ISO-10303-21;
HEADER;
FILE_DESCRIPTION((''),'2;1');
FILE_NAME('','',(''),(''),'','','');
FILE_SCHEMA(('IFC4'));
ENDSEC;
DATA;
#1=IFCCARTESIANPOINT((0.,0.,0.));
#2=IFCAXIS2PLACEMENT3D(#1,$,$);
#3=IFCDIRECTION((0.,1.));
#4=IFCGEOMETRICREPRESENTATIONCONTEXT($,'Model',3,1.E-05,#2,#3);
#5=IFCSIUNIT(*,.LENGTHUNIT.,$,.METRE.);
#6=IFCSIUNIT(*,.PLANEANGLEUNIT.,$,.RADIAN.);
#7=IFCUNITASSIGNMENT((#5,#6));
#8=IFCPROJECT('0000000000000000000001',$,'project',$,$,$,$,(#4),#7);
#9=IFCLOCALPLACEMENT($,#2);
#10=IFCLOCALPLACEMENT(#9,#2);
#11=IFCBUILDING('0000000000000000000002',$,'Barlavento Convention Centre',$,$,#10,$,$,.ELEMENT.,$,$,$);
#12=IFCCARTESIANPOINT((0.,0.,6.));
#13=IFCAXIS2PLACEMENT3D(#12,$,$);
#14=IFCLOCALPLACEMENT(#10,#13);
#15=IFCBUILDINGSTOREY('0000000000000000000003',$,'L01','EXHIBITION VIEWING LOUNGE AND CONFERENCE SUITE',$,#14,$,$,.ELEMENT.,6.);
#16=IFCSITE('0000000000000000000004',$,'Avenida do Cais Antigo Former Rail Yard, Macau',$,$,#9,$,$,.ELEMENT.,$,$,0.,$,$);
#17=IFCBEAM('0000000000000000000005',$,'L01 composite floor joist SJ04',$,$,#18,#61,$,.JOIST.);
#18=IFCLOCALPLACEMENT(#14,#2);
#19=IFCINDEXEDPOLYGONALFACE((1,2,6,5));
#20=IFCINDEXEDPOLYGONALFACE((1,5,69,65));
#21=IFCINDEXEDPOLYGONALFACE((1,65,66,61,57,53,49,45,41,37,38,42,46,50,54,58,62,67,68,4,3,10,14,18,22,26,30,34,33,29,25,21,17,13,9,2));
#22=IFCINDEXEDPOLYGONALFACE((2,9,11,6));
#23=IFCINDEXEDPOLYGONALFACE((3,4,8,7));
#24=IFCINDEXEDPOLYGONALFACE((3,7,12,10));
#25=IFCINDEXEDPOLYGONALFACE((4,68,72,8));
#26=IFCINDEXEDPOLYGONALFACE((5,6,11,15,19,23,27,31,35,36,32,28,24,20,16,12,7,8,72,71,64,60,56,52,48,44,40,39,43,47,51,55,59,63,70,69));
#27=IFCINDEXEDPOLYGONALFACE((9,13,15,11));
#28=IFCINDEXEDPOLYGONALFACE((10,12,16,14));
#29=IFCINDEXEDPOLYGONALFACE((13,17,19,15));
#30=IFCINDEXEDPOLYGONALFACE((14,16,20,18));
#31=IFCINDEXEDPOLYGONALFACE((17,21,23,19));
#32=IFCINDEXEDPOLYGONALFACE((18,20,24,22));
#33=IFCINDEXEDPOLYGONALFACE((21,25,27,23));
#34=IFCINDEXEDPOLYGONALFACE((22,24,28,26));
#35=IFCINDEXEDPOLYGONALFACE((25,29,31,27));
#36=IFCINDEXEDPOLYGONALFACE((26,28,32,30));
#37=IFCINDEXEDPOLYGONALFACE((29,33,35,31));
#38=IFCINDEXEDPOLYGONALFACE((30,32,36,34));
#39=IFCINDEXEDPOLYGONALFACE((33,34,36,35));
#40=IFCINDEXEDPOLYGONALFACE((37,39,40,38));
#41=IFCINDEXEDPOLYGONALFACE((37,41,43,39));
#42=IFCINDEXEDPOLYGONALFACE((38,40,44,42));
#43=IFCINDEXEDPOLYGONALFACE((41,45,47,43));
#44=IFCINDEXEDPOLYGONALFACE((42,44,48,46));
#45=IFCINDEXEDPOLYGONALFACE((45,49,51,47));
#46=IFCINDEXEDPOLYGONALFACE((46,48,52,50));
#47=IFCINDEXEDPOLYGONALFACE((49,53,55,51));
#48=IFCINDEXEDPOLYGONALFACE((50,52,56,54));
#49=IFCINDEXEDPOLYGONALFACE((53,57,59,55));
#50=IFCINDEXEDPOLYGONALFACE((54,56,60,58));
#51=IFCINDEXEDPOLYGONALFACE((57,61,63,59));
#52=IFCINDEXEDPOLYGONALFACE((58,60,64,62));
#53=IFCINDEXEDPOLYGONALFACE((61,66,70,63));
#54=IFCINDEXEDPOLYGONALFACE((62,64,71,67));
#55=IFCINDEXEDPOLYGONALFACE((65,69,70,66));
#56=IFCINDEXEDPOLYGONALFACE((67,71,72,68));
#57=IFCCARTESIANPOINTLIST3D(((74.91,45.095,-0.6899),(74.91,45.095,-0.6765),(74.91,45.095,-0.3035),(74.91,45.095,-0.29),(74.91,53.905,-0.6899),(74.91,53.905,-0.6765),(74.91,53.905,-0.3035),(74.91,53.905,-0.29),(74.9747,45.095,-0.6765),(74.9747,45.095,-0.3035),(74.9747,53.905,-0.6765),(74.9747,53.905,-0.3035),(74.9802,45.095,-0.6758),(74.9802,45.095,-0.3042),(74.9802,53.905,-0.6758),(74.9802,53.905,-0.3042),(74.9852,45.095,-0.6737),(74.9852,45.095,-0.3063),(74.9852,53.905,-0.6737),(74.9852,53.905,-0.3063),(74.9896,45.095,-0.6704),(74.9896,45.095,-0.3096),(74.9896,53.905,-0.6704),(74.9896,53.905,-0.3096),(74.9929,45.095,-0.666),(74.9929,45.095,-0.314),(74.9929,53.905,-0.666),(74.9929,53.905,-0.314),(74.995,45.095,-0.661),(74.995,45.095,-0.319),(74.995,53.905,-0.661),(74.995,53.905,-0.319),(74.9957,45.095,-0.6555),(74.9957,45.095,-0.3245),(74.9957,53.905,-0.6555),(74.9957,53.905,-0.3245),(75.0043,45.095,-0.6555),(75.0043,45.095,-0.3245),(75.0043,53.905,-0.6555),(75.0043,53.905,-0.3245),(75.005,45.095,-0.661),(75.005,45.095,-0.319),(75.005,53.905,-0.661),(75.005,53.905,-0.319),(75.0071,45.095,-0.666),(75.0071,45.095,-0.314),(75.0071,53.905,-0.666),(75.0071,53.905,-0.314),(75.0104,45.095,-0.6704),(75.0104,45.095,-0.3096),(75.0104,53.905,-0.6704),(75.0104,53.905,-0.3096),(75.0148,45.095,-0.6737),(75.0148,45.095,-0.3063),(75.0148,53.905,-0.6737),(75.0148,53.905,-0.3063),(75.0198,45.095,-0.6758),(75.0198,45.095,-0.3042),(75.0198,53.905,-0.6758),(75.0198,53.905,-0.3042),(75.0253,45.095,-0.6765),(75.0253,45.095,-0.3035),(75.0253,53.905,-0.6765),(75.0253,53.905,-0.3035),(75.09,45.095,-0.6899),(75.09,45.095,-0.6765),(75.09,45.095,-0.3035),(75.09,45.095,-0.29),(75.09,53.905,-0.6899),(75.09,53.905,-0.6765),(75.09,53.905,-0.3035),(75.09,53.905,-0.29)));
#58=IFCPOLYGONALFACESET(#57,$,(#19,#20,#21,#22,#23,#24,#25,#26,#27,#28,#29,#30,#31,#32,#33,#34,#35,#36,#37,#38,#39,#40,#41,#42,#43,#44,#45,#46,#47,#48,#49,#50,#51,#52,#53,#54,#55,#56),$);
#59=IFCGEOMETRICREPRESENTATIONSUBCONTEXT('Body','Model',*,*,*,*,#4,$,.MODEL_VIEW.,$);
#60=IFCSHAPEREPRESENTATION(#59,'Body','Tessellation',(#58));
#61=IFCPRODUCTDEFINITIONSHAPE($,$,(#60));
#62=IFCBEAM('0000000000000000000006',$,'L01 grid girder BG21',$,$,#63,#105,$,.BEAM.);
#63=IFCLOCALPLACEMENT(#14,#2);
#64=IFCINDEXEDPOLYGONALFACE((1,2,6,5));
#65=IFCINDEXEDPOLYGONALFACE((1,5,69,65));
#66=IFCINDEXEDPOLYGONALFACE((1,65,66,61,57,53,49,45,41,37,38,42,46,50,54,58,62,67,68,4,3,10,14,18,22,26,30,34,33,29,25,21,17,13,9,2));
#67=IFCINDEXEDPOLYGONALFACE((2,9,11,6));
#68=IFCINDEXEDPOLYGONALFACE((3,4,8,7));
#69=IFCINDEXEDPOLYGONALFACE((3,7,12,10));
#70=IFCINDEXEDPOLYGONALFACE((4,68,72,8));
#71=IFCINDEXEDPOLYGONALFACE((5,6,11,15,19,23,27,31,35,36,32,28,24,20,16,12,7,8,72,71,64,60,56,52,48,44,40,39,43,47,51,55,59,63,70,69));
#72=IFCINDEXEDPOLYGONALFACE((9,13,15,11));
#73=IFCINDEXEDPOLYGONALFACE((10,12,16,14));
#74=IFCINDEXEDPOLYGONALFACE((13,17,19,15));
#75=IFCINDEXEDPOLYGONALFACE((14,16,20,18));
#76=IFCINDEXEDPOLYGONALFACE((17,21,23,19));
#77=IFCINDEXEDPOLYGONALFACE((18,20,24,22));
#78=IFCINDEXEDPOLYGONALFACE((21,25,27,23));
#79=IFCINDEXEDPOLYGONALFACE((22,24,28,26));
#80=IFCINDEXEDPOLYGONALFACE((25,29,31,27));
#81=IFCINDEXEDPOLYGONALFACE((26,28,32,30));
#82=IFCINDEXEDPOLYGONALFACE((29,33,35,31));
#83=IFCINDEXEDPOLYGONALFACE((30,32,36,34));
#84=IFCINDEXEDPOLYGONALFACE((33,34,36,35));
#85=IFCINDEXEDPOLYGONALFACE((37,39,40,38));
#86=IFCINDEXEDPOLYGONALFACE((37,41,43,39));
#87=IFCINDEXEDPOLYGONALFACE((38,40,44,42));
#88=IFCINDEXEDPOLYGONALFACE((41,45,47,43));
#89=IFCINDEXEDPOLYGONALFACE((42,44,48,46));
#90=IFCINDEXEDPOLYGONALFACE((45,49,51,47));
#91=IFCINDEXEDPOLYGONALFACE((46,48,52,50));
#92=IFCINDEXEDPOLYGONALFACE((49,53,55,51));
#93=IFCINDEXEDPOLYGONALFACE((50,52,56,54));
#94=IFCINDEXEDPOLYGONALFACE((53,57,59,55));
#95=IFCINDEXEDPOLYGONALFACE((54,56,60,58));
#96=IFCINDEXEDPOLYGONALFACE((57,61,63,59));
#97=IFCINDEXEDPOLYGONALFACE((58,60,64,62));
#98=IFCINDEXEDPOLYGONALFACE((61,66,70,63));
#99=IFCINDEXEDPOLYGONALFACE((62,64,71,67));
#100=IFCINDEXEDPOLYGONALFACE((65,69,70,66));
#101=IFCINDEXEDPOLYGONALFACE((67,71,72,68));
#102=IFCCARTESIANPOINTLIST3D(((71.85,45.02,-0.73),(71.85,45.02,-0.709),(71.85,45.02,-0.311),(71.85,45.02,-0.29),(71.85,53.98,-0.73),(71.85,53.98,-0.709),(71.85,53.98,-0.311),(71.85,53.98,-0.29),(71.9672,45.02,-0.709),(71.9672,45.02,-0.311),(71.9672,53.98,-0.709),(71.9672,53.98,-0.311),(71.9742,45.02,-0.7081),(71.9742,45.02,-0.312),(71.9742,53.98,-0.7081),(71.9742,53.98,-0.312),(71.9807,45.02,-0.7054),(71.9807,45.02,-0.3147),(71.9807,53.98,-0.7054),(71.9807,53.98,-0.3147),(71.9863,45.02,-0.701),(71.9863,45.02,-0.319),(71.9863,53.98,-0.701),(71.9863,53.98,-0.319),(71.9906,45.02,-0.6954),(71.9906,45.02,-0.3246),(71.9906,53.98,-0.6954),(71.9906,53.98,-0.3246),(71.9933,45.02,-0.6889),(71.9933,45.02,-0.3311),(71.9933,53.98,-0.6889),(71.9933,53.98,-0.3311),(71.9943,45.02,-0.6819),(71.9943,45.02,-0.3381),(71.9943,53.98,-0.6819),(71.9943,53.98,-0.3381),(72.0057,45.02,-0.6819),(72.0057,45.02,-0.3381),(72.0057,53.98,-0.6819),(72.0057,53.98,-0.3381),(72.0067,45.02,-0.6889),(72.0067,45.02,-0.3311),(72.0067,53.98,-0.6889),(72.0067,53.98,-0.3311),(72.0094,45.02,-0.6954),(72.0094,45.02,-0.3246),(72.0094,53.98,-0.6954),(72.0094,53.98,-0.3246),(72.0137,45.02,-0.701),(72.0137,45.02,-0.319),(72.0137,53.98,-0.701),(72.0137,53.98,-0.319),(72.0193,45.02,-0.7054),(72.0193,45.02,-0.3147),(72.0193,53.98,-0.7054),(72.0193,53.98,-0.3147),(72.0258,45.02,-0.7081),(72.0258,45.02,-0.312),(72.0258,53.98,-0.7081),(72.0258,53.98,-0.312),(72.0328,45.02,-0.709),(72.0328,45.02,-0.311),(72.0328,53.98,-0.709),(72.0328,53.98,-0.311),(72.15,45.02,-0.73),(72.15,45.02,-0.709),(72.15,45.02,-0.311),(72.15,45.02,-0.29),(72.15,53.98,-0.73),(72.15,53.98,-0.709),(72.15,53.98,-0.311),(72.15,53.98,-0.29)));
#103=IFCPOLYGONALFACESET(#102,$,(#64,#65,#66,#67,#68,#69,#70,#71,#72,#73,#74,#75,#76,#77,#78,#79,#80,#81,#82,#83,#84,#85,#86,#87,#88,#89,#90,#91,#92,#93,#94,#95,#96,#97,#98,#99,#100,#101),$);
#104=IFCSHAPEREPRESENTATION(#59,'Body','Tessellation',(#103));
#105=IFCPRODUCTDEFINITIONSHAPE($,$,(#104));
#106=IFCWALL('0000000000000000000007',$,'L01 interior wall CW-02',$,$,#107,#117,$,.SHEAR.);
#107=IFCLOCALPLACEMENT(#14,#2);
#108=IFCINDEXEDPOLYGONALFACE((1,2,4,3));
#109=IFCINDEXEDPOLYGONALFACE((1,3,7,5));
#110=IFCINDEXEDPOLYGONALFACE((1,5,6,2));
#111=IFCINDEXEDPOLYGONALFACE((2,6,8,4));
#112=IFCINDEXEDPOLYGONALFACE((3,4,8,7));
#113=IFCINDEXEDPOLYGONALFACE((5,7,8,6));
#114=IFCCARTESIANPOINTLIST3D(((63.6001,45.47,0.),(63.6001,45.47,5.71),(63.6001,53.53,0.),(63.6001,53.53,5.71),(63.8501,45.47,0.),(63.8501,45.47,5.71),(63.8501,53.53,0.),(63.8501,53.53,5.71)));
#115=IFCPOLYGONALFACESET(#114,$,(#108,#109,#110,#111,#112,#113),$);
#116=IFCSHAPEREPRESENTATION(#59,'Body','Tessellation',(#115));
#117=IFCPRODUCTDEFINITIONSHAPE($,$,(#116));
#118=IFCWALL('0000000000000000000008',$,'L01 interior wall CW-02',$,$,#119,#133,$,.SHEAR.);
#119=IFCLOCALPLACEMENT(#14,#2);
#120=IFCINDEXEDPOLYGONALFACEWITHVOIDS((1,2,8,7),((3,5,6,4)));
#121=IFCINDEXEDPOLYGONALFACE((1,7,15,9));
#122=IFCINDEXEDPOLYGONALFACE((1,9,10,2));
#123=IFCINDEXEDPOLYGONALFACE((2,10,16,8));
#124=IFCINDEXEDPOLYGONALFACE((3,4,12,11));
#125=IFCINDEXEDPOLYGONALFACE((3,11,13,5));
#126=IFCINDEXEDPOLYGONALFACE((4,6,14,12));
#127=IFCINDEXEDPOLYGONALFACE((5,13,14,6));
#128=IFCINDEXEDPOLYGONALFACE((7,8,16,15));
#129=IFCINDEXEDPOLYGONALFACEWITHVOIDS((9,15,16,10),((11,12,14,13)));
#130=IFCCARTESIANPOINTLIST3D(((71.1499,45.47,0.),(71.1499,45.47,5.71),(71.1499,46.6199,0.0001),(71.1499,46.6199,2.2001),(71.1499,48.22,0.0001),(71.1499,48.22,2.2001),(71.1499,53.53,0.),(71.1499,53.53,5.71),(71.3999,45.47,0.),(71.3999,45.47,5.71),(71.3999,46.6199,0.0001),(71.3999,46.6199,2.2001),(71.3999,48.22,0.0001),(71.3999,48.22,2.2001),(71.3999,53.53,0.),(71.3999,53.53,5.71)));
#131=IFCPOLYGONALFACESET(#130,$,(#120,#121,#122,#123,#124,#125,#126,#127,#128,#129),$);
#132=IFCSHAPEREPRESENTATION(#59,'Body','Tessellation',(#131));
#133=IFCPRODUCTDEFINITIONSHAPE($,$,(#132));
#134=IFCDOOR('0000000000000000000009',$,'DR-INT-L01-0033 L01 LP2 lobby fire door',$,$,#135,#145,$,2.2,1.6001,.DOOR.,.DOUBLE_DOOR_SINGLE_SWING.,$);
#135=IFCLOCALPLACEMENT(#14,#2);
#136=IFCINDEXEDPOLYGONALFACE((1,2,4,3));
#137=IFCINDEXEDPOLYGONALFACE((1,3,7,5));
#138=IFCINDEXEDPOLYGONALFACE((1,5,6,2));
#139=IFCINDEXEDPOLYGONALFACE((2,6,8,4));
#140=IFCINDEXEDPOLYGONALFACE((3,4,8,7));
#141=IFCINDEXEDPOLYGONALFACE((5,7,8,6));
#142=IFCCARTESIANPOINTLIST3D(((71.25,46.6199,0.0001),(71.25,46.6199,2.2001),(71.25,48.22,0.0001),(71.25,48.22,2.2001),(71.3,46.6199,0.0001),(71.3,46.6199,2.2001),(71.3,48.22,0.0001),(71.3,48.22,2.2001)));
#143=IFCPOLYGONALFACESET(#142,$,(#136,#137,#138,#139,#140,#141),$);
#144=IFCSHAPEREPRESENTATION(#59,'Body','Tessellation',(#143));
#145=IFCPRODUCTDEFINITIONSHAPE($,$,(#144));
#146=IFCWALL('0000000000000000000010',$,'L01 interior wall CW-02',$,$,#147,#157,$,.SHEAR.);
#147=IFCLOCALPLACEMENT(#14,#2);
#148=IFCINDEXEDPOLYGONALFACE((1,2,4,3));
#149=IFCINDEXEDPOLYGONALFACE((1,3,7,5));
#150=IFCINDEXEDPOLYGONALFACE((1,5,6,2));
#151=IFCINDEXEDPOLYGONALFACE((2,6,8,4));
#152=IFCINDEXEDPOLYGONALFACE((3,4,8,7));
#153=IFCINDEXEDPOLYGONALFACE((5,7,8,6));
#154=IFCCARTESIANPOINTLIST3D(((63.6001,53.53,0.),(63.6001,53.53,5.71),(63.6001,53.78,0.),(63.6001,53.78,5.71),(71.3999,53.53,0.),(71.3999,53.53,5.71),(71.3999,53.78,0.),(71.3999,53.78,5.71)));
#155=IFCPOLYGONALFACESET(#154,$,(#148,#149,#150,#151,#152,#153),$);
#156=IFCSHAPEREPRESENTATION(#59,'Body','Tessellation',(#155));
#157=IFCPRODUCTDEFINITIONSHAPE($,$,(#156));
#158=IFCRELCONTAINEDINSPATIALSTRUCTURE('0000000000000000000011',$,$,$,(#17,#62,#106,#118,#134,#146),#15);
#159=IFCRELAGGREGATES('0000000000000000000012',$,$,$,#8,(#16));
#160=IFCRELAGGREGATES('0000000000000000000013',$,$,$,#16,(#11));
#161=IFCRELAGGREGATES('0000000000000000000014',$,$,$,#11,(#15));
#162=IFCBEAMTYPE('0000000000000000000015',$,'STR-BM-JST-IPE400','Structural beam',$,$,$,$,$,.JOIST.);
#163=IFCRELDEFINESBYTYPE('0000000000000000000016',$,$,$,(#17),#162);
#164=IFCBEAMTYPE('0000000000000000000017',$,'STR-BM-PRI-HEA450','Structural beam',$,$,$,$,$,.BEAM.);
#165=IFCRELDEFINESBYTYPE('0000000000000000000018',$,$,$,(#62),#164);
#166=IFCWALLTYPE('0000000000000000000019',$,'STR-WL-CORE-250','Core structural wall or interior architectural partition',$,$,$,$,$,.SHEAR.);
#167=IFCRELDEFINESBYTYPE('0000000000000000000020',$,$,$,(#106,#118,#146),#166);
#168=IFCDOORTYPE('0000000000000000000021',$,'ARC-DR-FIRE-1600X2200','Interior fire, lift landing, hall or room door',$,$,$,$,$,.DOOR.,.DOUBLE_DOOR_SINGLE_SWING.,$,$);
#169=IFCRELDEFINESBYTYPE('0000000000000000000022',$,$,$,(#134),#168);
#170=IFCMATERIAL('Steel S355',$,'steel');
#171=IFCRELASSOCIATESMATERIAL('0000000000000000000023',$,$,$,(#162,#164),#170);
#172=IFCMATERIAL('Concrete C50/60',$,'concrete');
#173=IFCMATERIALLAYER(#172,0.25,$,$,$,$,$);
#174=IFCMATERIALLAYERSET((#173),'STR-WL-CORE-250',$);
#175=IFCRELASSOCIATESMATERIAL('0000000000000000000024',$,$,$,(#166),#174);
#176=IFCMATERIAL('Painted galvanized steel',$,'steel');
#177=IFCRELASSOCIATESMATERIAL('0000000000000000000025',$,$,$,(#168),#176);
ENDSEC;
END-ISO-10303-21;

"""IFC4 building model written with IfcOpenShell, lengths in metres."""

from ifc_helpers import new_model, si_unit, direction, frame, frame_2d, origin, origin_2d, place, context, subcontext, project, spatial, rectangle, i_section, extrude, material, layer, layer_set, material_profile, profile_set, type_object, element, fill, save


model = new_model("IFC4")

# Units and contexts
model_context = context("Model", 3, precision=1e-05, world=origin(), true_north=direction((0.0, 1.0)))
body_context = subcontext(model_context, "Body", "Model", "MODEL_VIEW")
ifc_project = project(units=[si_unit("LENGTHUNIT", "METRE"), si_unit("PLANEANGLEUNIT", "RADIAN")], contexts=[model_context])

# Site, building, storey
site_placement = place(None, origin())
site = spatial("IfcSite", under=ifc_project, at=site_placement, Name="Avenida do Cais Antigo Former Rail Yard, Macau", CompositionType="ELEMENT", RefElevation=0.0)
building_placement = place(site_placement, origin())
building = spatial("IfcBuilding", under=site, at=building_placement, Name="Barlavento Convention Centre", CompositionType="ELEMENT")
storey_placement = place(building_placement, frame((0.0, 0.0, 6.0)))
storey = spatial("IfcBuildingStorey", under=building, at=storey_placement, Name="L01", Description="EXHIBITION VIEWING LOUNGE AND CONFERENCE SUITE", CompositionType="ELEMENT", Elevation=6.0)

# Beams
ifc_material_1 = material(Name="Steel S355", Category="steel")
ifc_material_profile_1 = material_profile(ifc_material_1, i_section(OverallWidth=0.1799, OverallDepth=0.3999, WebThickness=0.0085, FlangeThickness=0.0134, FilletRadius=0.021, at=origin_2d()), Name="IPE 400")
ifc_profile_set_1 = profile_set([ifc_material_profile_1], Name="Steel S355")
beam_type_1 = type_object("IfcBeamType", Name="STR-BM-JST-IPE400", Description="Structural beam", PredefinedType="JOIST", material=ifc_profile_set_1)
beam_1_placement = place(storey_placement, frame((75.0, 45.095, -0.49), z_axis=(0.0, 1.0, 0.0), x_axis=(-1.0, 0.0, 0.0)))
element("IfcBeam", 1, at=beam_1_placement, inside=storey, type_object=beam_type_1, Name="L01 composite floor joist SJ04", PredefinedType="JOIST", context=body_context, shape_type="SweptSolid", body=[
    extrude(i_section(OverallWidth=0.1799, OverallDepth=0.3999, WebThickness=0.0085, FlangeThickness=0.0134, FilletRadius=0.021, at=origin_2d()), origin(), (0.0, 0.0, 1.0), 8.8101),
])
ifc_material_profile_2 = material_profile(ifc_material_1, i_section(OverallWidth=0.3, OverallDepth=0.4399, WebThickness=0.0115, FlangeThickness=0.021, FilletRadius=0.0271, at=origin_2d()), Name="HEA 450")
ifc_profile_set_2 = profile_set([ifc_material_profile_2], Name="Steel S355")
beam_type_2 = type_object("IfcBeamType", Name="STR-BM-PRI-HEA450", Description="Structural beam", PredefinedType="BEAM", material=ifc_profile_set_2)
beam_2_placement = place(storey_placement, frame((72.0, 45.02, -0.51), z_axis=(0.0, 1.0, 0.0), x_axis=(-1.0, 0.0, 0.0)))
element("IfcBeam", 2, at=beam_2_placement, inside=storey, type_object=beam_type_2, Name="L01 grid girder BG21", PredefinedType="BEAM", context=body_context, shape_type="SweptSolid", body=[
    extrude(i_section(OverallWidth=0.3, OverallDepth=0.4399, WebThickness=0.0115, FlangeThickness=0.021, FilletRadius=0.0271, at=origin_2d()), origin(), (0.0, 0.0, 1.0), 8.96),
])

# Wall
ifc_material_2 = material(Name="Concrete C50/60", Category="concrete")
ifc_layer = layer(ifc_material_2, 0.25)
ifc_layer_set = layer_set([ifc_layer], Name="STR-WL-CORE-250")
wall_type = type_object("IfcWallType", Name="STR-WL-CORE-250", Description="Core structural wall or interior architectural partition", PredefinedType="SHEAR", material=ifc_layer_set)
wall_1_placement = place(storey_placement, frame((63.7251, 45.47, 0.0), z_axis=(0.0, 0.0, 1.0), x_axis=(0.0, 1.0, 0.0)))
element("IfcWall", 3, at=wall_1_placement, inside=storey, type_object=wall_type, Name="L01 interior wall CW-02", PredefinedType="SHEAR", context=body_context, shape_type="SweptSolid", body=[
    extrude(rectangle(XDim=8.0601, YDim=0.25, at=frame_2d((4.03, 0.0))), origin(), (0.0, 0.0, 1.0), 5.71),
])

# Wall, opening, door
wall_2_placement = place(storey_placement, frame((71.2749, 45.47, 0.0), z_axis=(0.0, 0.0, 1.0), x_axis=(0.0, 1.0, 0.0)))
wall_2 = element("IfcWall", 4, at=wall_2_placement, inside=storey, type_object=wall_type, Name="L01 interior wall CW-02", PredefinedType="SHEAR", context=body_context, shape_type="SweptSolid", body=[
    extrude(rectangle(XDim=8.0601, YDim=0.25, at=frame_2d((4.03, 0.0))), origin(), (0.0, 0.0, 1.0), 5.71),
])
opening_1_placement = place(wall_2_placement, frame((1.1499, 0.0, 0.0)))
opening_1 = element("IfcOpeningElement", 5, at=opening_1_placement, cuts=wall_2, PredefinedType="OPENING", context=body_context, shape_type="SweptSolid", body=[
    extrude(rectangle(XDim=1.6001, YDim=2.2, at=frame_2d((0.8, 1.1001))), frame((0.0, 0.135, 0.0), z_axis=(0.0, -1.0, 0.0), x_axis=(1.0, 0.0, 0.0)), (0.0, 0.0, 1.0), 0.27),
])
ifc_material_3 = material(Name="Painted galvanized steel", Category="steel")
door_type_1 = type_object("IfcDoorType", Name="ARC-DR-FIRE-1600X2200", Description="Interior fire, lift landing, hall or room door", OperationType="DOUBLE_DOOR_SINGLE_SWING", PredefinedType="DOOR", material=ifc_material_3)
door_1_placement = place(opening_1_placement, origin())
door_1 = element("IfcDoor", 6, at=door_1_placement, inside=storey, type_object=door_type_1, Name="DR-INT-L01-0033 L01 LP2 lobby fire door", OperationType="DOUBLE_DOOR_SINGLE_SWING", OverallHeight=2.2, OverallWidth=1.6001, PredefinedType="DOOR", context=body_context, shape_type="SweptSolid", body=[
    extrude(rectangle(XDim=1.6001, YDim=2.2, at=frame_2d((0.8, 1.1001))), frame((0.0, 0.0249, 0.0), z_axis=(0.0, -1.0, 0.0), x_axis=(1.0, 0.0, 0.0)), (0.0, 0.0, 1.0), 0.05),
])
fill(opening_1, door_1)

# Wall
wall_3_placement = place(storey_placement, frame((63.6001, 53.655, 0.0), z_axis=(0.0, 0.0, 1.0), x_axis=(1.0, 0.0, 0.0)))
element("IfcWall", 7, at=wall_3_placement, inside=storey, type_object=wall_type, Name="L01 interior wall CW-02", PredefinedType="SHEAR", context=body_context, shape_type="SweptSolid", body=[
    extrude(rectangle(XDim=7.7998, YDim=0.25, at=frame_2d((3.8999, 0.0))), origin(), (0.0, 0.0, 1.0), 5.71),
])

save(model, "model.ifc")
